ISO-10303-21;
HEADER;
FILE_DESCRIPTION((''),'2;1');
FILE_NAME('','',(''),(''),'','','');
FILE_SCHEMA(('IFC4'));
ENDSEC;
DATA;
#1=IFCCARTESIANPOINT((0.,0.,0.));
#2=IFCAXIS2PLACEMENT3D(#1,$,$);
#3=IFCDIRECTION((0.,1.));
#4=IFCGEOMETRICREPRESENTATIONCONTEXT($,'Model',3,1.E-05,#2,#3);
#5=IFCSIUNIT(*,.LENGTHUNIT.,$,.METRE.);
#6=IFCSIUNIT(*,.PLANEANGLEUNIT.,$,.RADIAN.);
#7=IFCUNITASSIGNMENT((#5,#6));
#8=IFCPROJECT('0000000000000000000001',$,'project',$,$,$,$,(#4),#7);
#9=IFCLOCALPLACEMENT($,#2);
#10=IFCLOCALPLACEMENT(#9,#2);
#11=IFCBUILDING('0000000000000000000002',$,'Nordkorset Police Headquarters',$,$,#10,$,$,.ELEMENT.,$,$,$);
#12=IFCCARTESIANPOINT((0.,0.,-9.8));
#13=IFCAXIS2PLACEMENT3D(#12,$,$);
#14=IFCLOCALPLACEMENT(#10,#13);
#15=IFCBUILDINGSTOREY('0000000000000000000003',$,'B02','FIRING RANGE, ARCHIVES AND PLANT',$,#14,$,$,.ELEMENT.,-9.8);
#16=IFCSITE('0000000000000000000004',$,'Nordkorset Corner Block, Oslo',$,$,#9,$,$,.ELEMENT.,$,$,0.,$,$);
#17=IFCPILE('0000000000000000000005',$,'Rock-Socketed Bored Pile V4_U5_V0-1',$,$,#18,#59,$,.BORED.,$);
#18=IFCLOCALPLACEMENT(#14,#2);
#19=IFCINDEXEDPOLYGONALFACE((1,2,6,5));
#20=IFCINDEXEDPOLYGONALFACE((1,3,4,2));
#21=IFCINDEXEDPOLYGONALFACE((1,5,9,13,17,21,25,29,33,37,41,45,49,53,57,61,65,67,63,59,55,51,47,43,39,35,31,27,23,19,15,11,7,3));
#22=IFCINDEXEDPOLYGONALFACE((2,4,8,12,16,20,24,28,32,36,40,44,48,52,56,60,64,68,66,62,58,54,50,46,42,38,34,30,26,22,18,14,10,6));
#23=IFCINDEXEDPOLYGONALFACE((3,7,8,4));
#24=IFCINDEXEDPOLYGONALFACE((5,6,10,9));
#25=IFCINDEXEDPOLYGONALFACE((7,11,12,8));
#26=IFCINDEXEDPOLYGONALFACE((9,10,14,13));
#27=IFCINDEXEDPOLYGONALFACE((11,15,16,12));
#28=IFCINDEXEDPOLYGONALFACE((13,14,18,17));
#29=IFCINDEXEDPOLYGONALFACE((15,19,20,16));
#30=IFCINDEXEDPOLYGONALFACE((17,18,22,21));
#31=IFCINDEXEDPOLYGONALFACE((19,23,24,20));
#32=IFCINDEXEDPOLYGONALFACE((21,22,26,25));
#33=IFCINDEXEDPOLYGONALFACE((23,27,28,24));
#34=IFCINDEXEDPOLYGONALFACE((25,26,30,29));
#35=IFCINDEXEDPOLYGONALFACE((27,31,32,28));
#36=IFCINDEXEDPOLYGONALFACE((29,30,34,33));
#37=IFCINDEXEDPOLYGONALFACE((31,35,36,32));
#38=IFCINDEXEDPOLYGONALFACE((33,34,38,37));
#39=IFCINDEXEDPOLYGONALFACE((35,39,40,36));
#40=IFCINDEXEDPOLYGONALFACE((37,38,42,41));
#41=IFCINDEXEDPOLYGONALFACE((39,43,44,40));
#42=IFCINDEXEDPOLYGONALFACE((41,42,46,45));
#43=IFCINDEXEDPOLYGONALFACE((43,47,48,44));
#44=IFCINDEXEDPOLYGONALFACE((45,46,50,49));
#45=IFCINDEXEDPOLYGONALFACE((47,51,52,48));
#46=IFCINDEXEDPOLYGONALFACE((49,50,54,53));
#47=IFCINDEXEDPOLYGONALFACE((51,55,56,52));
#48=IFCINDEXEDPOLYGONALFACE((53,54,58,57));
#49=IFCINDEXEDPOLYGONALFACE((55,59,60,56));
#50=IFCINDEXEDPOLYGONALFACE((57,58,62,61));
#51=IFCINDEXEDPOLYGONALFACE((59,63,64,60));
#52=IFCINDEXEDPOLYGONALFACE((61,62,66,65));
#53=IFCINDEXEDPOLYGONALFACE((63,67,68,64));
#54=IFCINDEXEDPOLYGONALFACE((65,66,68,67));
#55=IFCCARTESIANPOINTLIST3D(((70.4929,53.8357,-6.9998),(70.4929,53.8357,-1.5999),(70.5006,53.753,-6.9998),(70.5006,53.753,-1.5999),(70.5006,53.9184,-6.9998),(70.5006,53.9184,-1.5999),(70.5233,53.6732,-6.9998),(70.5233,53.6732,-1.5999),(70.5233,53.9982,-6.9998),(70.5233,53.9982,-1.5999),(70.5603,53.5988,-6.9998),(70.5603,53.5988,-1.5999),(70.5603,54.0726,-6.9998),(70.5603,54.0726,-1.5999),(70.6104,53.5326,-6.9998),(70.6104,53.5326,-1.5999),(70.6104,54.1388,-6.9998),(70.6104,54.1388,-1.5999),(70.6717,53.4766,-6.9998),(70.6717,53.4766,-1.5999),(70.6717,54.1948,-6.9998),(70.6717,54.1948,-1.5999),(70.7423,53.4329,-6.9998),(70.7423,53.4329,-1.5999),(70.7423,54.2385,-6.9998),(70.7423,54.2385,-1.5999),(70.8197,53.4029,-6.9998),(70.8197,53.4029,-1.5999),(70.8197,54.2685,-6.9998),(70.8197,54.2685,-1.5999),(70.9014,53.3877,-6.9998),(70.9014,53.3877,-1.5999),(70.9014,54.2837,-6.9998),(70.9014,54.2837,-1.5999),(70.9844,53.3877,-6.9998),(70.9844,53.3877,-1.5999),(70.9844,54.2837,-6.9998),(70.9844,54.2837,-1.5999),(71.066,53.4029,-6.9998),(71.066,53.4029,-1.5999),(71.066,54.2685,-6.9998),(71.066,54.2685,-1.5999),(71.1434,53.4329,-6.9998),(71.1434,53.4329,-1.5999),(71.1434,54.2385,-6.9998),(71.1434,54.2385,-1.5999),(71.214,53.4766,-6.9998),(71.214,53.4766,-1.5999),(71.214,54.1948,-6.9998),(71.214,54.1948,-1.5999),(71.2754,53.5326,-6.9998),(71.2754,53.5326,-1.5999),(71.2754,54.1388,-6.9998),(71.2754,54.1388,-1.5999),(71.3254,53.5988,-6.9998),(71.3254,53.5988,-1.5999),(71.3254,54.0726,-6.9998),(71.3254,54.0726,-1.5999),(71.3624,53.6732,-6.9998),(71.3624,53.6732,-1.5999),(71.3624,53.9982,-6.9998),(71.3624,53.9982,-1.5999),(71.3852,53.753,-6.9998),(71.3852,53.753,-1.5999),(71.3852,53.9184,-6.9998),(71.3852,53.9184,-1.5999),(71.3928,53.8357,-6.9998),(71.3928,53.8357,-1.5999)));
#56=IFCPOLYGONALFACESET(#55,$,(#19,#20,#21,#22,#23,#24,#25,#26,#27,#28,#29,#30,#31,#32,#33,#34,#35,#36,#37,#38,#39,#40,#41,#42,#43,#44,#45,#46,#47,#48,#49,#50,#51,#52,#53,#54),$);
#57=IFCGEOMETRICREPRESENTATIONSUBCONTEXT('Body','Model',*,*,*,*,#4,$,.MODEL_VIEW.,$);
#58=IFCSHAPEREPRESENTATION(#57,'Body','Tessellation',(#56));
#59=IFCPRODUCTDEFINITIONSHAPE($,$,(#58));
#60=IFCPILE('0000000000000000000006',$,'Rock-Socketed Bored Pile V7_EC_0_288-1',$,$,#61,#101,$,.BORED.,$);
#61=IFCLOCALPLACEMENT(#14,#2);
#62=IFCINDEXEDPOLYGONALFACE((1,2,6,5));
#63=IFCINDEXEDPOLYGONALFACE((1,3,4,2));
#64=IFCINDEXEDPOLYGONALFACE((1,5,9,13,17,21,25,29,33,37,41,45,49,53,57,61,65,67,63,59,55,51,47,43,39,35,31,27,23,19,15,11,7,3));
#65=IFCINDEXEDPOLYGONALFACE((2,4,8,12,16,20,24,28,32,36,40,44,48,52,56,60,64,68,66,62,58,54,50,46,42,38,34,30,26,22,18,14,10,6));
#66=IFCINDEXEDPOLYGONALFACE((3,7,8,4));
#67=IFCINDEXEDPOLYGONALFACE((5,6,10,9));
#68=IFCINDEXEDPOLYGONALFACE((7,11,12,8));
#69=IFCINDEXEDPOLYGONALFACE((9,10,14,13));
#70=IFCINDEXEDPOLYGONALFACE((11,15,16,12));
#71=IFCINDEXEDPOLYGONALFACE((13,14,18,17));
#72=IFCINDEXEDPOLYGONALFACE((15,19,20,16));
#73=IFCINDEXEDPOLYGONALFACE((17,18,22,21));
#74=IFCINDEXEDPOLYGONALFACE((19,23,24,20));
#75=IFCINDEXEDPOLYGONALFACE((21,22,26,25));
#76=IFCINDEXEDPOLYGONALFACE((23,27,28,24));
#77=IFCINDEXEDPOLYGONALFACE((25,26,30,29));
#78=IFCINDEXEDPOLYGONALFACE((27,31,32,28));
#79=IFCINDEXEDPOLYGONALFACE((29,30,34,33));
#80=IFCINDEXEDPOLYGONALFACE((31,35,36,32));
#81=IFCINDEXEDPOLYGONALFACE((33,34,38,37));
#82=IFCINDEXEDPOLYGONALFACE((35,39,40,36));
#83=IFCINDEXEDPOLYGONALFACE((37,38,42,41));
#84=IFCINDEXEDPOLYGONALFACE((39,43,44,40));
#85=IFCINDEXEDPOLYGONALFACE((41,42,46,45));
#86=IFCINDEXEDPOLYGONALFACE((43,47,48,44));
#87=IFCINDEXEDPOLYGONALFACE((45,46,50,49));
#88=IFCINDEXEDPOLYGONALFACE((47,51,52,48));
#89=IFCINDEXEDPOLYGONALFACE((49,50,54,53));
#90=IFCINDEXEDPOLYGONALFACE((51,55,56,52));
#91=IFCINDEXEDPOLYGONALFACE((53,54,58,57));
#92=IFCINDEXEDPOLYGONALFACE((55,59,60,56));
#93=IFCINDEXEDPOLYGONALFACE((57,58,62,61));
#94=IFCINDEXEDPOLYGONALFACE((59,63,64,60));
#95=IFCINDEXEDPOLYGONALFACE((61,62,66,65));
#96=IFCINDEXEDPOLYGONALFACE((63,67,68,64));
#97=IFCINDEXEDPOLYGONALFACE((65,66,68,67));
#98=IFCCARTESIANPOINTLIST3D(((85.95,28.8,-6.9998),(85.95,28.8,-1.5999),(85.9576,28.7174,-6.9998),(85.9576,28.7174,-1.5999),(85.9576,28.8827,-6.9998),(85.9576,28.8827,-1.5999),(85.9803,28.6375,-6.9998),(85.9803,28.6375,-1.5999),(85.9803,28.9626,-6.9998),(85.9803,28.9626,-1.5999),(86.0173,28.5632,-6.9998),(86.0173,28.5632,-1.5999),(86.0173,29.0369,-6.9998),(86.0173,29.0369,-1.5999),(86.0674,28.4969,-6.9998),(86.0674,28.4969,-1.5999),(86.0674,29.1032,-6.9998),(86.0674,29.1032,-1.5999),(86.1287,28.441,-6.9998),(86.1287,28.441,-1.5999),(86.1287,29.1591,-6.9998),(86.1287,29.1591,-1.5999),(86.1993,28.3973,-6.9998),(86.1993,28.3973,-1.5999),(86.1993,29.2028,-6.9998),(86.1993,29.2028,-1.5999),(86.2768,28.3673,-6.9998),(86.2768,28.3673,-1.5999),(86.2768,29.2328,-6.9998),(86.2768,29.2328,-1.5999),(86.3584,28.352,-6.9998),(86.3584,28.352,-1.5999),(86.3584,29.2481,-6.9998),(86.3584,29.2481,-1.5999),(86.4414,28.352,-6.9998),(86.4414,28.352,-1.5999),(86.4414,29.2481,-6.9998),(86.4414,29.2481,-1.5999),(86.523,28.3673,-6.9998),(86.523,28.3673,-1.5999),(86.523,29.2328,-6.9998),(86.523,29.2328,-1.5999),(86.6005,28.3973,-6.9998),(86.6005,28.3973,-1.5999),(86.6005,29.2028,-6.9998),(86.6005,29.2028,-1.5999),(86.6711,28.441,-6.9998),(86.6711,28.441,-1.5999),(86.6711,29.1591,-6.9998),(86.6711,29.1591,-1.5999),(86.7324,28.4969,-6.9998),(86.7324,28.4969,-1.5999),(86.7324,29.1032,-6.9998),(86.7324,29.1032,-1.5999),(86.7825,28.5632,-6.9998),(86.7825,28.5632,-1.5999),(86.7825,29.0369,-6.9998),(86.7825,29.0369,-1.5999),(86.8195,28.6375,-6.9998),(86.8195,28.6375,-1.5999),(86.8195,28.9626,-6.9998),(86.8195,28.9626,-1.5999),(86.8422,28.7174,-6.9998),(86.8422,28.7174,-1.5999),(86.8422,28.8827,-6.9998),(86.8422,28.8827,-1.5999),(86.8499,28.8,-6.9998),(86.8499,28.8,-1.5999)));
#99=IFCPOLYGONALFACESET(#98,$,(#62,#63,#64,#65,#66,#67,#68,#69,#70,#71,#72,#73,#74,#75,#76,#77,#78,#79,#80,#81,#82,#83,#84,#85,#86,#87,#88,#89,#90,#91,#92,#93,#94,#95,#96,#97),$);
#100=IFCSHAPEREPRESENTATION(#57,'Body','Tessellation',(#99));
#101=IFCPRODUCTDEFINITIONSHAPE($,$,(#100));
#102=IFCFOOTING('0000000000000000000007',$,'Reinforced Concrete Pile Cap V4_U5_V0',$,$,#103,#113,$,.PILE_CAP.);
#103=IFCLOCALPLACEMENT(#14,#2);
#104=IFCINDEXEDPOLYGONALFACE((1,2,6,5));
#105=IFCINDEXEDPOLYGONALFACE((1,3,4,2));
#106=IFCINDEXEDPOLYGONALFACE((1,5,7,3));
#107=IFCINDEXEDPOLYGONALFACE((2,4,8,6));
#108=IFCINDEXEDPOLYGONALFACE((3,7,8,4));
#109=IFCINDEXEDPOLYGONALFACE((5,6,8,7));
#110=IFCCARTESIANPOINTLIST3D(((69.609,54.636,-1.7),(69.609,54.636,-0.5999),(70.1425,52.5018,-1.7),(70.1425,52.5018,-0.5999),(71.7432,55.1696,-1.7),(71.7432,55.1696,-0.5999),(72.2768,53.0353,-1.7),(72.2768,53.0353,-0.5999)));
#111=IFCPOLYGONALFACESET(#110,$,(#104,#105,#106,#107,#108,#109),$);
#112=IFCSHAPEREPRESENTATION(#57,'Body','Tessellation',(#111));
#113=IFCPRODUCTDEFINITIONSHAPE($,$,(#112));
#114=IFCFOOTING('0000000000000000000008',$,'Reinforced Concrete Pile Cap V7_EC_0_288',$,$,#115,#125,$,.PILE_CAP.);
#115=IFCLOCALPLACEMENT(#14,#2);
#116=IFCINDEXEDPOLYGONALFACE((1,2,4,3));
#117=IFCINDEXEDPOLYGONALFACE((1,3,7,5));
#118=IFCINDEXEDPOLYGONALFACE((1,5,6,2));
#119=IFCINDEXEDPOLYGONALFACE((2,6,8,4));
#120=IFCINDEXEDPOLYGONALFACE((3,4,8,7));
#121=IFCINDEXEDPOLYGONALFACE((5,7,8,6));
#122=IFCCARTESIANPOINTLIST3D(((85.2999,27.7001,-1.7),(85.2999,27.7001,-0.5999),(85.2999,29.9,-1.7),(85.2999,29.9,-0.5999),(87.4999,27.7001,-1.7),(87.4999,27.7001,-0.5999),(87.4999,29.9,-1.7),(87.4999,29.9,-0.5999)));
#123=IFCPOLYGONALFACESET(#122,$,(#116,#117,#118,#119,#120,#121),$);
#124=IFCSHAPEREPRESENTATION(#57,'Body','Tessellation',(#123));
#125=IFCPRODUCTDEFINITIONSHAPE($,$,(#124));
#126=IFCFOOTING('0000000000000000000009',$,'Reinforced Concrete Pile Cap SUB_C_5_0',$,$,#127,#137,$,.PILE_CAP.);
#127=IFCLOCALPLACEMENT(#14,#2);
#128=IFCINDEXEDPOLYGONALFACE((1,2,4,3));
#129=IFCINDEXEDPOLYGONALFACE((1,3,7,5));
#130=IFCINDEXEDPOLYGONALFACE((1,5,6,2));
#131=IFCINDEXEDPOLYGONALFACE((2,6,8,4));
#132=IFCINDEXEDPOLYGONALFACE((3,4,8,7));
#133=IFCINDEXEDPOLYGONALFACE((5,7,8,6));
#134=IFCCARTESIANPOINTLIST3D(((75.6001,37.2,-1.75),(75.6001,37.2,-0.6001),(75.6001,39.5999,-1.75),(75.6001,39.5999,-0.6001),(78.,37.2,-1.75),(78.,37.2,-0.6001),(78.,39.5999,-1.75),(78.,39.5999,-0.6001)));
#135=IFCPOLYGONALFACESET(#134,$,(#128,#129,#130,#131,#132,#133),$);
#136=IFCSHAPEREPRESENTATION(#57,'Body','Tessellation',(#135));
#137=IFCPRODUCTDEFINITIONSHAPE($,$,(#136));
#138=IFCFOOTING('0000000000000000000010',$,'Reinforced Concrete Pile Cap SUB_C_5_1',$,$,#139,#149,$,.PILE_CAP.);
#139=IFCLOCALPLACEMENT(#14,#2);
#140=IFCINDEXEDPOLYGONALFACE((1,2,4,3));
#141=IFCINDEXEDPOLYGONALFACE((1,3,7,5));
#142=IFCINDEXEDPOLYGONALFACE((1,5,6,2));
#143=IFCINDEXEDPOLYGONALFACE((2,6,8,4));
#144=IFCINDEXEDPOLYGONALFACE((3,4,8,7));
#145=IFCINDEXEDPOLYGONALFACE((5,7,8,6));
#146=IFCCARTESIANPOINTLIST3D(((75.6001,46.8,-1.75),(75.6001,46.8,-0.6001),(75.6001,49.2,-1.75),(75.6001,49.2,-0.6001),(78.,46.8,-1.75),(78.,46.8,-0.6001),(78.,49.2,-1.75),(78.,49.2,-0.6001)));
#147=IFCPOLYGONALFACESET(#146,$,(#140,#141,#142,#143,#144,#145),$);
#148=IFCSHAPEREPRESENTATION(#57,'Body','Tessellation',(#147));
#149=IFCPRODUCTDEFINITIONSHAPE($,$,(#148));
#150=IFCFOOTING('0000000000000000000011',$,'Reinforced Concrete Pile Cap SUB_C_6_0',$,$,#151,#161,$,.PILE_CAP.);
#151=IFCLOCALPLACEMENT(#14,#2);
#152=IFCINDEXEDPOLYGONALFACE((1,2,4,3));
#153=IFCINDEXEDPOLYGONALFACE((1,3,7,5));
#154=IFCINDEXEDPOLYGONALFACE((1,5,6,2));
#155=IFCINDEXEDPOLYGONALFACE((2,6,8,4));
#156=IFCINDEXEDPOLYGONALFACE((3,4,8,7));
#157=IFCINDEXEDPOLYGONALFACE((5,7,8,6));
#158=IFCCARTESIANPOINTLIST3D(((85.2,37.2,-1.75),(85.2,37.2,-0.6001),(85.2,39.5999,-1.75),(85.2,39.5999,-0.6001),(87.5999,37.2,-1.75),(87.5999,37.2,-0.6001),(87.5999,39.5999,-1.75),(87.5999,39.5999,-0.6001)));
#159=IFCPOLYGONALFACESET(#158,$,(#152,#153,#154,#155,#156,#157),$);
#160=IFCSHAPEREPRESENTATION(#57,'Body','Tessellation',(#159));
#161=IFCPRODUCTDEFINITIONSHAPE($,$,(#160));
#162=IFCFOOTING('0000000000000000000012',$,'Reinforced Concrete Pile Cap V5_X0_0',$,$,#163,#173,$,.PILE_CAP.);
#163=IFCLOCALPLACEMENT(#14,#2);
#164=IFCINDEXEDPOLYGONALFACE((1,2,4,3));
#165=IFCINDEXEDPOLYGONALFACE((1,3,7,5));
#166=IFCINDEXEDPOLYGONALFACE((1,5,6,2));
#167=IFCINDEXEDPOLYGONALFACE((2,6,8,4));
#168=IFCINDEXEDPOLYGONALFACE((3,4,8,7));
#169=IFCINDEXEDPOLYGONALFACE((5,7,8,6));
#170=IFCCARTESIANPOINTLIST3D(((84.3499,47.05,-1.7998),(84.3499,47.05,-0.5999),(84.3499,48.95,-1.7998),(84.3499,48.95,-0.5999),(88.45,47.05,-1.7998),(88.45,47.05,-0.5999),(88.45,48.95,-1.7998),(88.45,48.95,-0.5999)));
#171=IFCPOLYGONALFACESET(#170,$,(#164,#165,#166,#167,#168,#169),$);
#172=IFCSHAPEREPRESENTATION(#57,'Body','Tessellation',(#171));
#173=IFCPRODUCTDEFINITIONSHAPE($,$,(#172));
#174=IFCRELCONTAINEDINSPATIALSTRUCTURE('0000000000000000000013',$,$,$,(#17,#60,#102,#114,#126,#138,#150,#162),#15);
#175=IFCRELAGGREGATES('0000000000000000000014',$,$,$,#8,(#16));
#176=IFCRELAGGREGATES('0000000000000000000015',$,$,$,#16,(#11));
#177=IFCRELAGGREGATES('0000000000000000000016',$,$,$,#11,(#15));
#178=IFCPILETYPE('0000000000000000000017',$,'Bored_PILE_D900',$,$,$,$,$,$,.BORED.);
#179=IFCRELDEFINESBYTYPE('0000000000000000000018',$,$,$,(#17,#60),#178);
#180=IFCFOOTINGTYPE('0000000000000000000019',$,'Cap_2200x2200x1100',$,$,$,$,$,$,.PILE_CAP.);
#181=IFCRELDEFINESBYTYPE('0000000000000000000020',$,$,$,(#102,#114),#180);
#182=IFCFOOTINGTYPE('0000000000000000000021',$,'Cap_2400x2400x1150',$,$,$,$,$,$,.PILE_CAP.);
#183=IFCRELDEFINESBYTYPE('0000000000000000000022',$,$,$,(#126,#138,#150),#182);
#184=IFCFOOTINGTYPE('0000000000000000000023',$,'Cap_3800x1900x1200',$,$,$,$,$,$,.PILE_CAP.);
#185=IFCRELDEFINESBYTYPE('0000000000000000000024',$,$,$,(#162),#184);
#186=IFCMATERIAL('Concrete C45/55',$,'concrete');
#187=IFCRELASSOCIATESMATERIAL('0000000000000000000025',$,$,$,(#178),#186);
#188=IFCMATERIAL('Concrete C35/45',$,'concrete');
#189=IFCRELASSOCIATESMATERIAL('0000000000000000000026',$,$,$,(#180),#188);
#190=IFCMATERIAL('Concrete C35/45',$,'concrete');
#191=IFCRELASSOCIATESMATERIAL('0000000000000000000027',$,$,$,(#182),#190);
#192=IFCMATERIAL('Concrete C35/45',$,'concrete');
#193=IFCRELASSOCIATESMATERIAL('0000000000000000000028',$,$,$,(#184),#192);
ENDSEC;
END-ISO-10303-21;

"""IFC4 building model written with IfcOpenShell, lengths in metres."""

from ifc_helpers import new_model, si_unit, direction, frame, origin, origin_2d, place, context, subcontext, project, spatial, rectangle, circle, extrude, material, material_profile, profile_set, type_object, element, save


model = new_model("IFC4")

# Units and contexts
model_context = context("Model", 3, precision=1e-05, world=origin(), true_north=direction((0.0, 1.0)))
body_context = subcontext(model_context, "Body", "Model", "MODEL_VIEW")
ifc_project = project(units=[si_unit("LENGTHUNIT", "METRE"), si_unit("PLANEANGLEUNIT", "RADIAN")], contexts=[model_context])

# Site, building, storey
site_placement = place(None, origin())
site = spatial("IfcSite", under=ifc_project, at=site_placement, Name="Nordkorset Corner Block, Oslo", CompositionType="ELEMENT", RefElevation=0.0)
building_placement = place(site_placement, origin())
building = spatial("IfcBuilding", under=site, at=building_placement, Name="Nordkorset Police Headquarters", CompositionType="ELEMENT")
storey_placement = place(building_placement, frame((0.0, 0.0, -9.8)))
storey = spatial("IfcBuildingStorey", under=building, at=storey_placement, Name="B02", Description="FIRING RANGE, ARCHIVES AND PLANT", CompositionType="ELEMENT", Elevation=-9.8)

# Piles
ifc_material_1 = material(Name="Concrete C45/55", Category="concrete")
ifc_material_profile_1 = material_profile(ifc_material_1, circle(Radius=0.45, at=origin_2d()), Name="PILE D900")
ifc_profile_set_1 = profile_set([ifc_material_profile_1], Name="Concrete C45/55")
pile_type = type_object("IfcPileType", Name="Bored_PILE_D900", PredefinedType="BORED", material=ifc_profile_set_1)
for number, where, z_axis, x_axis, name in (
    (1, (70.9429, 53.8357, -1.5999), (0.0, 0.0, -1.0), (1.0, 0.0, 0.0), "Rock-Socketed Bored Pile V4_U5_V0-1"),
    (2, (86.3999, 28.8, -1.5999), (0.0, 0.0, -1.0), (1.0, 0.0, 0.0), "Rock-Socketed Bored Pile V7_EC_0_288-1"),
):
    element("IfcPile", number, at=place(storey_placement, frame(where, z_axis=z_axis, x_axis=x_axis)), inside=storey, type_object=pile_type, Name=name, PredefinedType="BORED", context=body_context, shape_type="SweptSolid", body=[
        extrude(circle(Radius=0.45, at=origin_2d()), origin(), (0.0, 0.0, 1.0), 5.3999),
    ])

# Footings
ifc_material_2 = material(Name="Concrete C35/45", Category="concrete")
footing_type_1 = type_object("IfcFootingType", Name="Cap_2200x2200x1100", PredefinedType="PILE_CAP", material=ifc_material_2)
for number, where, z_axis, x_axis, name in (
    (3, (70.9429, 53.8357, -1.7), (0.0, 0.0, 1.0), (0.970143, 0.242536, 0.0), "Reinforced Concrete Pile Cap V4_U5_V0"),
    (4, (86.3999, 28.8, -1.7), (0.0, 0.0, 1.0), (1.0, 0.0, 0.0), "Reinforced Concrete Pile Cap V7_EC_0_288"),
):
    element("IfcFooting", number, at=place(storey_placement, frame(where, z_axis=z_axis, x_axis=x_axis)), inside=storey, type_object=footing_type_1, Name=name, PredefinedType="PILE_CAP", context=body_context, shape_type="SweptSolid", body=[
        extrude(rectangle(XDim=2.2, YDim=2.2, at=origin_2d()), origin(), (0.0, 0.0, 1.0), 1.1001),
    ])
ifc_material_3 = material(Name="Concrete C35/45", Category="concrete")
footing_type_2 = type_object("IfcFootingType", Name="Cap_2400x2400x1150", PredefinedType="PILE_CAP", material=ifc_material_3)
for number, where, z_axis, x_axis, name in (
    (5, (76.8, 38.3999, -1.75), (0.0, 0.0, 1.0), (1.0, 0.0, 0.0), "Reinforced Concrete Pile Cap SUB_C_5_0"),
    (6, (76.8, 48.0, -1.75), (0.0, 0.0, 1.0), (1.0, 0.0, 0.0), "Reinforced Concrete Pile Cap SUB_C_5_1"),
    (7, (86.3999, 38.3999, -1.75), (0.0, 0.0, 1.0), (1.0, 0.0, 0.0), "Reinforced Concrete Pile Cap SUB_C_6_0"),
):
    element("IfcFooting", number, at=place(storey_placement, frame(where, z_axis=z_axis, x_axis=x_axis)), inside=storey, type_object=footing_type_2, Name=name, PredefinedType="PILE_CAP", context=body_context, shape_type="SweptSolid", body=[
        extrude(rectangle(XDim=2.3999, YDim=2.3999, at=origin_2d()), origin(), (0.0, 0.0, 1.0), 1.1499),
    ])
ifc_material_4 = material(Name="Concrete C35/45", Category="concrete")
footing_type_3 = type_object("IfcFootingType", Name="Cap_3800x1900x1200", PredefinedType="PILE_CAP", material=ifc_material_4)
footing_placement = place(storey_placement, frame((86.3999, 48.0, -1.7998), z_axis=(0.0, 0.0, 1.0), x_axis=(1.0, 0.0, 0.0)))
element("IfcFooting", 8, at=footing_placement, inside=storey, type_object=footing_type_3, Name="Reinforced Concrete Pile Cap V5_X0_0", PredefinedType="PILE_CAP", context=body_context, shape_type="SweptSolid", body=[
    extrude(rectangle(XDim=4.1001, YDim=1.8999, at=origin_2d()), origin(), (0.0, 0.0, 1.0), 1.2),
])

save(model, "model.ifc")
